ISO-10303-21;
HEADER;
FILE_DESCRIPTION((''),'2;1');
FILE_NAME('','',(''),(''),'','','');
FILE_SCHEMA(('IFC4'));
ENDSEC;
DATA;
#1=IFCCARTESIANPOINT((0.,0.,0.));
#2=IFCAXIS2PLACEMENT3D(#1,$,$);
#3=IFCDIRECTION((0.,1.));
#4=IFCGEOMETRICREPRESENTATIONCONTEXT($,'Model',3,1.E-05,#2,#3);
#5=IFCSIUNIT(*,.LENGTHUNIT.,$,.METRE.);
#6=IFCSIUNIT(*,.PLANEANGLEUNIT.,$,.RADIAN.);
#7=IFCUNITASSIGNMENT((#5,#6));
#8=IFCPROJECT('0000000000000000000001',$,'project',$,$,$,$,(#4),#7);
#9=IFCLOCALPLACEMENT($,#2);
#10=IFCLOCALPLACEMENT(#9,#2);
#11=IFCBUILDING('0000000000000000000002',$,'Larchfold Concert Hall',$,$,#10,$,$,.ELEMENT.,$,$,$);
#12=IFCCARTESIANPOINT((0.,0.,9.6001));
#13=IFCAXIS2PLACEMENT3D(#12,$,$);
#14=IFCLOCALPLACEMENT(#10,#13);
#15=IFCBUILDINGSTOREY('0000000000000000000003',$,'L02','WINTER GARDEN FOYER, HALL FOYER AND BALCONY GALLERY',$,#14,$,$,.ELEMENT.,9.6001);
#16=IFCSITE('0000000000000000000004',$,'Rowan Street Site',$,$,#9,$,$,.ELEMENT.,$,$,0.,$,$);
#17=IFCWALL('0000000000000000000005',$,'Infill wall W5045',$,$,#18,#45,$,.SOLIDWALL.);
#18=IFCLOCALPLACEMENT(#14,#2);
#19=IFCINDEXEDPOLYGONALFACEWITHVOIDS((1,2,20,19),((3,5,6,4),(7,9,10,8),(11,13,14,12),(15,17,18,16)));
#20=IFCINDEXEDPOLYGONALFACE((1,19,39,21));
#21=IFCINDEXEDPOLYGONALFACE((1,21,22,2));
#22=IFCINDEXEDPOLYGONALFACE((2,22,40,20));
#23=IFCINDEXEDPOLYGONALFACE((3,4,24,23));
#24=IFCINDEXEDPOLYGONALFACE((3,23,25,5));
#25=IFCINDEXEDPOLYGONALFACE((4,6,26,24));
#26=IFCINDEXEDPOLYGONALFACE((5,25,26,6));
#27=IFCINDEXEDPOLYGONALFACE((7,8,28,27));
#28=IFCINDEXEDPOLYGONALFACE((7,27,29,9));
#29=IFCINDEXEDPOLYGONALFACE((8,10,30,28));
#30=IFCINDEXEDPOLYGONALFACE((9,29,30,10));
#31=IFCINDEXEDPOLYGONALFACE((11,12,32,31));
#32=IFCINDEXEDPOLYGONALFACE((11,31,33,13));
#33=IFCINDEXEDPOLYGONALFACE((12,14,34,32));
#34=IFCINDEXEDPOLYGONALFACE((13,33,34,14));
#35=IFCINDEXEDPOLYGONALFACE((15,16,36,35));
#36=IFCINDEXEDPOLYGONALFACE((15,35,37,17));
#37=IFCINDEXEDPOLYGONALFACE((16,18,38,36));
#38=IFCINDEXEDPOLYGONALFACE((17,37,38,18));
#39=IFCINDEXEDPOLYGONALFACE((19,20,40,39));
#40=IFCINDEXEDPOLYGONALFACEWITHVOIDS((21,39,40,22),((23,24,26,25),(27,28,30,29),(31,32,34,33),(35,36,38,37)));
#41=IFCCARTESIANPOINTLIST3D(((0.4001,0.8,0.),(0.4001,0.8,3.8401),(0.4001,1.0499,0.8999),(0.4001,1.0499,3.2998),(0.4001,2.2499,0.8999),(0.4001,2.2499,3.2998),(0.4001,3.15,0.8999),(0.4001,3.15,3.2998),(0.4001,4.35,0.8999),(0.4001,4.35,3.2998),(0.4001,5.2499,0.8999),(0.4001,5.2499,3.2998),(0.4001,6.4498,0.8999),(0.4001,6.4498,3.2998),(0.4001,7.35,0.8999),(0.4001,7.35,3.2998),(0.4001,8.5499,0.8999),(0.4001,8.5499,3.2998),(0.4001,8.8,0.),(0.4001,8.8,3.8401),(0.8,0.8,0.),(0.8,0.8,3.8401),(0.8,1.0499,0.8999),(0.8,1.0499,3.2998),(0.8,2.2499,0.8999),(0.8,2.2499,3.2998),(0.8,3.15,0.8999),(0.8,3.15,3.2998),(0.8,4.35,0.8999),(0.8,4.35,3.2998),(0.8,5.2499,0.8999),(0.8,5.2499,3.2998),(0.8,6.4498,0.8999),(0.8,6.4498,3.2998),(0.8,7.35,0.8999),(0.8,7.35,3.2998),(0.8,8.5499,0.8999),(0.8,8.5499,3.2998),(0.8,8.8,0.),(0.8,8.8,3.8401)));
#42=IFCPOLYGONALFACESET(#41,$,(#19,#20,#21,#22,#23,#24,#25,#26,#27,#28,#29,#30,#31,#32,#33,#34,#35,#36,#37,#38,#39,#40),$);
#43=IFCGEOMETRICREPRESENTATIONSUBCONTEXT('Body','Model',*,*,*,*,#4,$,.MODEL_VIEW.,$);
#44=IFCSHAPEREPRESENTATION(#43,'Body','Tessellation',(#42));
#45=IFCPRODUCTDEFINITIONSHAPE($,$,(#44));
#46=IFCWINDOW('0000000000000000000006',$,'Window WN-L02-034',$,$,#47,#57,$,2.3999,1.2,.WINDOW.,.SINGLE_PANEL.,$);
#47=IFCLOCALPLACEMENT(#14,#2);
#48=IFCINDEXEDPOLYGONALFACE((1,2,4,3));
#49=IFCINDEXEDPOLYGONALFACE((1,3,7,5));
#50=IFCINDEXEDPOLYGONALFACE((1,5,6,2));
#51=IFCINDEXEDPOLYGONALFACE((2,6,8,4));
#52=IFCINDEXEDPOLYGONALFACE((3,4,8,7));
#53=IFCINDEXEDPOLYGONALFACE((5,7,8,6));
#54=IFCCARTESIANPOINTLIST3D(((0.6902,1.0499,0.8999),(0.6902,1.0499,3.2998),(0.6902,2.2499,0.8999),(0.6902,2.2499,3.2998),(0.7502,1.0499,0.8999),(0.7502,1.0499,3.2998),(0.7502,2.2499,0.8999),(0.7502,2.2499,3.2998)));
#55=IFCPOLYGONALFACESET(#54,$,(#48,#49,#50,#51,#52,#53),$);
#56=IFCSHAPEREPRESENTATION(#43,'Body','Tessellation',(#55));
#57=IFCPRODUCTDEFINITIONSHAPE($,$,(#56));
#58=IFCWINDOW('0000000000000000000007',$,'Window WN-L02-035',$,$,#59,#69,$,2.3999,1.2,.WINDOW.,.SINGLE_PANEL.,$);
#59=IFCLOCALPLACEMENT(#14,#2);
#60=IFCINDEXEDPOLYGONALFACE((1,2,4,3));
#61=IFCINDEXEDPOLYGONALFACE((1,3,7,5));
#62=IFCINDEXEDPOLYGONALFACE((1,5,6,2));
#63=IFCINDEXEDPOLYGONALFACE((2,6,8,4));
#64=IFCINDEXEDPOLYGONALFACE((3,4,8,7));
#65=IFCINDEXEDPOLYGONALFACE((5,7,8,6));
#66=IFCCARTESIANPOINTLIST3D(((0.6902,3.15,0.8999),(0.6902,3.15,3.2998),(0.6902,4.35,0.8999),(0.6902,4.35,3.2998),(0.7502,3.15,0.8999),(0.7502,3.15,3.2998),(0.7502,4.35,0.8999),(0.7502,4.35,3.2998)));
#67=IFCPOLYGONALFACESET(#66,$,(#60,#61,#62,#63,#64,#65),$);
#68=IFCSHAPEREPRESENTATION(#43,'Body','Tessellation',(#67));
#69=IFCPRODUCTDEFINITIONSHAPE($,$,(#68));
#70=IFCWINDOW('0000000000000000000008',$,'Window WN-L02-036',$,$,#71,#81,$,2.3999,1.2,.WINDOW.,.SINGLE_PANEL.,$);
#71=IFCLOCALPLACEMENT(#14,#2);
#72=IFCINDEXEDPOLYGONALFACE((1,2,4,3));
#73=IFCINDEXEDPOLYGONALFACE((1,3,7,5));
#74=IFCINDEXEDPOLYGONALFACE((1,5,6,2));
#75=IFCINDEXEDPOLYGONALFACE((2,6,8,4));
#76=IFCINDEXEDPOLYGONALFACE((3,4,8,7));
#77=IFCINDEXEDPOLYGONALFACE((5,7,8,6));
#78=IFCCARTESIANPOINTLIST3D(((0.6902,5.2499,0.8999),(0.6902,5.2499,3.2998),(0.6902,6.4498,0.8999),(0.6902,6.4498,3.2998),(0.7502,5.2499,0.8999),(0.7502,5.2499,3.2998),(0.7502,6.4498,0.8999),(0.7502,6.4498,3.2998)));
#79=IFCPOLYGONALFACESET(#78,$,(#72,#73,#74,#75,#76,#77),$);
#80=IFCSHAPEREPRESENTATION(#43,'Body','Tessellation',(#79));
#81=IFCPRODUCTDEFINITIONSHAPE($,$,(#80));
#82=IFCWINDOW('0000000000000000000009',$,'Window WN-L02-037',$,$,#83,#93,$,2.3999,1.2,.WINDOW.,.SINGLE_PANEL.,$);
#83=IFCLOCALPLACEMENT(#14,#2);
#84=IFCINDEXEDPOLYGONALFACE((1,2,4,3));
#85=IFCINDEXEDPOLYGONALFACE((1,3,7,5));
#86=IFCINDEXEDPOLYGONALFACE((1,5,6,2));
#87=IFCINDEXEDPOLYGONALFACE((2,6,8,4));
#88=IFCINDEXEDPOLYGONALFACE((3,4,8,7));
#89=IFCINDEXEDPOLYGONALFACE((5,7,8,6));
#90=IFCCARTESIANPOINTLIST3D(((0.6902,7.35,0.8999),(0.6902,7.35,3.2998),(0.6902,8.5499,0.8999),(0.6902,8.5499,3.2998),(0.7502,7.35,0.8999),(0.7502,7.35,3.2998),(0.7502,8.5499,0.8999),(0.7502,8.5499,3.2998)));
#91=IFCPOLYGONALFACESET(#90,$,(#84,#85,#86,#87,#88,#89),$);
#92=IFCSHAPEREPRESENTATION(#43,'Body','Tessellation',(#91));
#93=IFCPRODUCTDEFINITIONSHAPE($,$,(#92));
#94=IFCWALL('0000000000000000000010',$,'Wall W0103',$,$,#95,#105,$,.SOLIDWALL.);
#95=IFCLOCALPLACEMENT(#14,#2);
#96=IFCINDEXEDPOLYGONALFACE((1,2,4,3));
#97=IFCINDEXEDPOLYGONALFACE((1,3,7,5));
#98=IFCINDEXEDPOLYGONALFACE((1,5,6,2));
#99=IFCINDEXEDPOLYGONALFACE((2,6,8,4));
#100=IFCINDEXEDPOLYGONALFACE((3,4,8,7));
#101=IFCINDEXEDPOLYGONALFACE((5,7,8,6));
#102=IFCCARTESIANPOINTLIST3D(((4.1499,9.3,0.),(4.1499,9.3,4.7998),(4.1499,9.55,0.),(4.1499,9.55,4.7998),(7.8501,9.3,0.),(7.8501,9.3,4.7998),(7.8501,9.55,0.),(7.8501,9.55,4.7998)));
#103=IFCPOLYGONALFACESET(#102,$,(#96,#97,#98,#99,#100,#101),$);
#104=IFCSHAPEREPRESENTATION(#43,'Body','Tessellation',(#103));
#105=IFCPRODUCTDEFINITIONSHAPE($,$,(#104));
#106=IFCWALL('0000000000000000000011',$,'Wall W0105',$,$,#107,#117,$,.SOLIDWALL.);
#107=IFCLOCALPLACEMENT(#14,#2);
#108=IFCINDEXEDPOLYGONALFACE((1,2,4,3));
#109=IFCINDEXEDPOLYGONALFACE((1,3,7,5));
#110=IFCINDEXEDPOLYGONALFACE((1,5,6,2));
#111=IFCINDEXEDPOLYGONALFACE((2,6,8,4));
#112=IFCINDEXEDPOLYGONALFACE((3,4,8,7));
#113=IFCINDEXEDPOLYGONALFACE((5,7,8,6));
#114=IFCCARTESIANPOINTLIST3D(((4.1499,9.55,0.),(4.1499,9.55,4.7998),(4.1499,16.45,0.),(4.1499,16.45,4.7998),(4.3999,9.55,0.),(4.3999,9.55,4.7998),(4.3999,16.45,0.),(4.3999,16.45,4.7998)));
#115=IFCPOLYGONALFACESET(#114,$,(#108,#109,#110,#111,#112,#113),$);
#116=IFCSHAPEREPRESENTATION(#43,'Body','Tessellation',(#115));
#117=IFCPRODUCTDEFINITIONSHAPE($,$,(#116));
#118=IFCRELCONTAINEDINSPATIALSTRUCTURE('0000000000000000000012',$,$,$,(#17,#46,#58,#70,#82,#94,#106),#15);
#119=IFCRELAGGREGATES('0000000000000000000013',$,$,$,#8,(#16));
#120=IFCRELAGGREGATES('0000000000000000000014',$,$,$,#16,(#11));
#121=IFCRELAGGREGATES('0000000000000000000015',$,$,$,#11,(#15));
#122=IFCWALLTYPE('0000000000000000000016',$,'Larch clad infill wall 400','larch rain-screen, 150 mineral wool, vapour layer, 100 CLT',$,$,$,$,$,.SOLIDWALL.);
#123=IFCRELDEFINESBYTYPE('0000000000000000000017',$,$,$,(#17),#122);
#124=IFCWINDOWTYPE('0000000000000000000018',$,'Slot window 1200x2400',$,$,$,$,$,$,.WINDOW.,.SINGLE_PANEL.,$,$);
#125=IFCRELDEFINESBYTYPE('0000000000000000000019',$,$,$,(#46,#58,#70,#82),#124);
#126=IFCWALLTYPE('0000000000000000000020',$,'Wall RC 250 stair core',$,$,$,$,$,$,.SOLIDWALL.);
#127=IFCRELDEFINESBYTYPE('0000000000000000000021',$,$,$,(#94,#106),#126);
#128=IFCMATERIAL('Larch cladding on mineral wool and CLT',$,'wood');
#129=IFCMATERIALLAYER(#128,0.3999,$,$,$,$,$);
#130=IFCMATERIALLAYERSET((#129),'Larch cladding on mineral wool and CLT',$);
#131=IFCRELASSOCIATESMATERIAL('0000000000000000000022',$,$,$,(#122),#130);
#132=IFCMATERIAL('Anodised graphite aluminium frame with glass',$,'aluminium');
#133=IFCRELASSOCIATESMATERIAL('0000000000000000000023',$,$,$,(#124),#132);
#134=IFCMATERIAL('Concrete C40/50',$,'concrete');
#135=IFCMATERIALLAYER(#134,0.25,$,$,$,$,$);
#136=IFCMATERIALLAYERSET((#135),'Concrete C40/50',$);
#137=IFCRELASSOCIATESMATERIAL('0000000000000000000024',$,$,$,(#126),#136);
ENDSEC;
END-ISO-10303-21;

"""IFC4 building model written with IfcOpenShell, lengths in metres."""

from ifc_helpers import new_model, si_unit, direction, frame, frame_2d, origin, place, context, subcontext, project, spatial, rectangle, extrude, material, layer, layer_set, type_object, element, fill, save


model = new_model("IFC4")

# Units and contexts
model_context = context("Model", 3, precision=1e-05, world=origin(), true_north=direction((0.0, 1.0)))
body_context = subcontext(model_context, "Body", "Model", "MODEL_VIEW")
ifc_project = project(units=[si_unit("LENGTHUNIT", "METRE"), si_unit("PLANEANGLEUNIT", "RADIAN")], contexts=[model_context])

# Site, building, storey
site_placement = place(None, origin())
site = spatial("IfcSite", under=ifc_project, at=site_placement, Name="Rowan Street Site", CompositionType="ELEMENT", RefElevation=0.0)
building_placement = place(site_placement, origin())
building = spatial("IfcBuilding", under=site, at=building_placement, Name="Larchfold Concert Hall", CompositionType="ELEMENT")
storey_placement = place(building_placement, frame((0.0, 0.0, 9.6001)))
storey = spatial("IfcBuildingStorey", under=building, at=storey_placement, Name="L02", Description="WINTER GARDEN FOYER, HALL FOYER AND BALCONY GALLERY", CompositionType="ELEMENT", Elevation=9.6001)

# Wall, openings, windows
ifc_material_1 = material(Name="Larch cladding on mineral wool and CLT", Category="wood")
ifc_layer_1 = layer(ifc_material_1, 0.3999)
ifc_layer_set_1 = layer_set([ifc_layer_1], Name="Larch cladding on mineral wool and CLT")
wall_type_1 = type_object("IfcWallType", Name="Larch clad infill wall 400", Description="larch rain-screen, 150 mineral wool, vapour layer, 100 CLT", PredefinedType="SOLIDWALL", material=ifc_layer_set_1)
wall_1_placement = place(storey_placement, frame((0.6001, 8.8, 0.0), z_axis=(0.0, 0.0, 1.0), x_axis=(0.0, -1.0, 0.0)))
wall_1 = element("IfcWall", 1, at=wall_1_placement, inside=storey, type_object=wall_type_1, Name="Infill wall W5045", PredefinedType="SOLIDWALL", context=body_context, shape_type="SweptSolid", body=[
    extrude(rectangle(XDim=8.0, YDim=0.3999, at=frame_2d((4.0, 0.0))), origin(), (0.0, 0.0, 1.0), 3.8401),
])
opening_1_placement = place(wall_1_placement, frame((6.55, 0.0, 0.8999)))
opening_1 = element("IfcOpeningElement", 2, at=opening_1_placement, cuts=wall_1, PredefinedType="OPENING", context=body_context, shape_type="SweptSolid", body=[
    extrude(rectangle(XDim=1.2, YDim=2.3999, at=frame_2d((0.6001, 1.2))), frame((0.0, 0.21, 0.0), z_axis=(0.0, -1.0, 0.0), x_axis=(1.0, 0.0, 0.0)), (0.0, 0.0, 1.0), 0.4199),
])
opening_2_placement = place(wall_1_placement, frame((4.45, 0.0, 0.8999)))
opening_2 = element("IfcOpeningElement", 3, at=opening_2_placement, cuts=wall_1, PredefinedType="OPENING", context=body_context, shape_type="SweptSolid", body=[
    extrude(rectangle(XDim=1.2, YDim=2.3999, at=frame_2d((0.6001, 1.2))), frame((0.0, 0.21, 0.0), z_axis=(0.0, -1.0, 0.0), x_axis=(1.0, 0.0, 0.0)), (0.0, 0.0, 1.0), 0.4199),
])
opening_3_placement = place(wall_1_placement, frame((2.3501, 0.0, 0.8999)))
opening_3 = element("IfcOpeningElement", 4, at=opening_3_placement, cuts=wall_1, PredefinedType="OPENING", context=body_context, shape_type="SweptSolid", body=[
    extrude(rectangle(XDim=1.2, YDim=2.3999, at=frame_2d((0.6001, 1.2))), frame((0.0, 0.21, 0.0), z_axis=(0.0, -1.0, 0.0), x_axis=(1.0, 0.0, 0.0)), (0.0, 0.0, 1.0), 0.4199),
])
opening_4_placement = place(wall_1_placement, frame((0.25, 0.0, 0.8999)))
opening_4 = element("IfcOpeningElement", 5, at=opening_4_placement, cuts=wall_1, PredefinedType="OPENING", context=body_context, shape_type="SweptSolid", body=[
    extrude(rectangle(XDim=1.2, YDim=2.3999, at=frame_2d((0.6001, 1.2))), frame((0.0, 0.21, 0.0), z_axis=(0.0, -1.0, 0.0), x_axis=(1.0, 0.0, 0.0)), (0.0, 0.0, 1.0), 0.4199),
])
ifc_material_2 = material(Name="Anodised graphite aluminium frame with glass", Category="aluminium")
window_type = type_object("IfcWindowType", Name="Slot window 1200x2400", PartitioningType="SINGLE_PANEL", PredefinedType="WINDOW", material=ifc_material_2)
window_1_placement = place(opening_1_placement, origin())
window_1 = element("IfcWindow", 6, at=window_1_placement, inside=storey, type_object=window_type, Name="Window WN-L02-034", OverallHeight=2.3999, OverallWidth=1.2, PartitioningType="SINGLE_PANEL", PredefinedType="WINDOW", context=body_context, shape_type="SweptSolid", body=[
    extrude(rectangle(XDim=1.2, YDim=2.3999, at=frame_2d((0.6001, 1.2))), frame((0.0, 0.1501, 0.0), z_axis=(0.0, -1.0, 0.0), x_axis=(1.0, 0.0, 0.0)), (0.0, 0.0, 1.0), 0.0601),
])
fill(opening_1, window_1)
window_2_placement = place(opening_2_placement, origin())
window_2 = element("IfcWindow", 7, at=window_2_placement, inside=storey, type_object=window_type, Name="Window WN-L02-035", OverallHeight=2.3999, OverallWidth=1.2, PartitioningType="SINGLE_PANEL", PredefinedType="WINDOW", context=body_context, shape_type="SweptSolid", body=[
    extrude(rectangle(XDim=1.2, YDim=2.3999, at=frame_2d((0.6001, 1.2))), frame((0.0, 0.1501, 0.0), z_axis=(0.0, -1.0, 0.0), x_axis=(1.0, 0.0, 0.0)), (0.0, 0.0, 1.0), 0.0601),
])
fill(opening_2, window_2)
window_3_placement = place(opening_3_placement, origin())
window_3 = element("IfcWindow", 8, at=window_3_placement, inside=storey, type_object=window_type, Name="Window WN-L02-036", OverallHeight=2.3999, OverallWidth=1.2, PartitioningType="SINGLE_PANEL", PredefinedType="WINDOW", context=body_context, shape_type="SweptSolid", body=[
    extrude(rectangle(XDim=1.2, YDim=2.3999, at=frame_2d((0.6001, 1.2))), frame((0.0, 0.1501, 0.0), z_axis=(0.0, -1.0, 0.0), x_axis=(1.0, 0.0, 0.0)), (0.0, 0.0, 1.0), 0.0601),
])
fill(opening_3, window_3)
window_4_placement = place(opening_4_placement, origin())
window_4 = element("IfcWindow", 9, at=window_4_placement, inside=storey, type_object=window_type, Name="Window WN-L02-037", OverallHeight=2.3999, OverallWidth=1.2, PartitioningType="SINGLE_PANEL", PredefinedType="WINDOW", context=body_context, shape_type="SweptSolid", body=[
    extrude(rectangle(XDim=1.2, YDim=2.3999, at=frame_2d((0.6001, 1.2))), frame((0.0, 0.1501, 0.0), z_axis=(0.0, -1.0, 0.0), x_axis=(1.0, 0.0, 0.0)), (0.0, 0.0, 1.0), 0.0601),
])
fill(opening_4, window_4)

# Walls
ifc_material_3 = material(Name="Concrete C40/50", Category="concrete")
ifc_layer_2 = layer(ifc_material_3, 0.25)
ifc_layer_set_2 = layer_set([ifc_layer_2], Name="Concrete C40/50")
wall_type_2 = type_object("IfcWallType", Name="Wall RC 250 stair core", PredefinedType="SOLIDWALL", material=ifc_layer_set_2)
wall_2_placement = place(storey_placement, frame((4.1499, 9.425, 0.0), z_axis=(0.0, 0.0, 1.0), x_axis=(1.0, 0.0, 0.0)))
element("IfcWall", 10, at=wall_2_placement, inside=storey, type_object=wall_type_2, Name="Wall W0103", PredefinedType="SOLIDWALL", context=body_context, shape_type="SweptSolid", body=[
    extrude(rectangle(XDim=3.7002, YDim=0.25, at=frame_2d((1.8501, 0.0))), origin(), (0.0, 0.0, 1.0), 4.7998),
])
wall_3_placement = place(storey_placement, frame((4.2749, 9.55, 0.0), z_axis=(0.0, 0.0, 1.0), x_axis=(0.0, 1.0, 0.0)))
element("IfcWall", 11, at=wall_3_placement, inside=storey, type_object=wall_type_2, Name="Wall W0105", PredefinedType="SOLIDWALL", context=body_context, shape_type="SweptSolid", body=[
    extrude(rectangle(XDim=6.8999, YDim=0.25, at=frame_2d((3.45, 0.0))), origin(), (0.0, 0.0, 1.0), 4.7998),
])

save(model, "model.ifc")
